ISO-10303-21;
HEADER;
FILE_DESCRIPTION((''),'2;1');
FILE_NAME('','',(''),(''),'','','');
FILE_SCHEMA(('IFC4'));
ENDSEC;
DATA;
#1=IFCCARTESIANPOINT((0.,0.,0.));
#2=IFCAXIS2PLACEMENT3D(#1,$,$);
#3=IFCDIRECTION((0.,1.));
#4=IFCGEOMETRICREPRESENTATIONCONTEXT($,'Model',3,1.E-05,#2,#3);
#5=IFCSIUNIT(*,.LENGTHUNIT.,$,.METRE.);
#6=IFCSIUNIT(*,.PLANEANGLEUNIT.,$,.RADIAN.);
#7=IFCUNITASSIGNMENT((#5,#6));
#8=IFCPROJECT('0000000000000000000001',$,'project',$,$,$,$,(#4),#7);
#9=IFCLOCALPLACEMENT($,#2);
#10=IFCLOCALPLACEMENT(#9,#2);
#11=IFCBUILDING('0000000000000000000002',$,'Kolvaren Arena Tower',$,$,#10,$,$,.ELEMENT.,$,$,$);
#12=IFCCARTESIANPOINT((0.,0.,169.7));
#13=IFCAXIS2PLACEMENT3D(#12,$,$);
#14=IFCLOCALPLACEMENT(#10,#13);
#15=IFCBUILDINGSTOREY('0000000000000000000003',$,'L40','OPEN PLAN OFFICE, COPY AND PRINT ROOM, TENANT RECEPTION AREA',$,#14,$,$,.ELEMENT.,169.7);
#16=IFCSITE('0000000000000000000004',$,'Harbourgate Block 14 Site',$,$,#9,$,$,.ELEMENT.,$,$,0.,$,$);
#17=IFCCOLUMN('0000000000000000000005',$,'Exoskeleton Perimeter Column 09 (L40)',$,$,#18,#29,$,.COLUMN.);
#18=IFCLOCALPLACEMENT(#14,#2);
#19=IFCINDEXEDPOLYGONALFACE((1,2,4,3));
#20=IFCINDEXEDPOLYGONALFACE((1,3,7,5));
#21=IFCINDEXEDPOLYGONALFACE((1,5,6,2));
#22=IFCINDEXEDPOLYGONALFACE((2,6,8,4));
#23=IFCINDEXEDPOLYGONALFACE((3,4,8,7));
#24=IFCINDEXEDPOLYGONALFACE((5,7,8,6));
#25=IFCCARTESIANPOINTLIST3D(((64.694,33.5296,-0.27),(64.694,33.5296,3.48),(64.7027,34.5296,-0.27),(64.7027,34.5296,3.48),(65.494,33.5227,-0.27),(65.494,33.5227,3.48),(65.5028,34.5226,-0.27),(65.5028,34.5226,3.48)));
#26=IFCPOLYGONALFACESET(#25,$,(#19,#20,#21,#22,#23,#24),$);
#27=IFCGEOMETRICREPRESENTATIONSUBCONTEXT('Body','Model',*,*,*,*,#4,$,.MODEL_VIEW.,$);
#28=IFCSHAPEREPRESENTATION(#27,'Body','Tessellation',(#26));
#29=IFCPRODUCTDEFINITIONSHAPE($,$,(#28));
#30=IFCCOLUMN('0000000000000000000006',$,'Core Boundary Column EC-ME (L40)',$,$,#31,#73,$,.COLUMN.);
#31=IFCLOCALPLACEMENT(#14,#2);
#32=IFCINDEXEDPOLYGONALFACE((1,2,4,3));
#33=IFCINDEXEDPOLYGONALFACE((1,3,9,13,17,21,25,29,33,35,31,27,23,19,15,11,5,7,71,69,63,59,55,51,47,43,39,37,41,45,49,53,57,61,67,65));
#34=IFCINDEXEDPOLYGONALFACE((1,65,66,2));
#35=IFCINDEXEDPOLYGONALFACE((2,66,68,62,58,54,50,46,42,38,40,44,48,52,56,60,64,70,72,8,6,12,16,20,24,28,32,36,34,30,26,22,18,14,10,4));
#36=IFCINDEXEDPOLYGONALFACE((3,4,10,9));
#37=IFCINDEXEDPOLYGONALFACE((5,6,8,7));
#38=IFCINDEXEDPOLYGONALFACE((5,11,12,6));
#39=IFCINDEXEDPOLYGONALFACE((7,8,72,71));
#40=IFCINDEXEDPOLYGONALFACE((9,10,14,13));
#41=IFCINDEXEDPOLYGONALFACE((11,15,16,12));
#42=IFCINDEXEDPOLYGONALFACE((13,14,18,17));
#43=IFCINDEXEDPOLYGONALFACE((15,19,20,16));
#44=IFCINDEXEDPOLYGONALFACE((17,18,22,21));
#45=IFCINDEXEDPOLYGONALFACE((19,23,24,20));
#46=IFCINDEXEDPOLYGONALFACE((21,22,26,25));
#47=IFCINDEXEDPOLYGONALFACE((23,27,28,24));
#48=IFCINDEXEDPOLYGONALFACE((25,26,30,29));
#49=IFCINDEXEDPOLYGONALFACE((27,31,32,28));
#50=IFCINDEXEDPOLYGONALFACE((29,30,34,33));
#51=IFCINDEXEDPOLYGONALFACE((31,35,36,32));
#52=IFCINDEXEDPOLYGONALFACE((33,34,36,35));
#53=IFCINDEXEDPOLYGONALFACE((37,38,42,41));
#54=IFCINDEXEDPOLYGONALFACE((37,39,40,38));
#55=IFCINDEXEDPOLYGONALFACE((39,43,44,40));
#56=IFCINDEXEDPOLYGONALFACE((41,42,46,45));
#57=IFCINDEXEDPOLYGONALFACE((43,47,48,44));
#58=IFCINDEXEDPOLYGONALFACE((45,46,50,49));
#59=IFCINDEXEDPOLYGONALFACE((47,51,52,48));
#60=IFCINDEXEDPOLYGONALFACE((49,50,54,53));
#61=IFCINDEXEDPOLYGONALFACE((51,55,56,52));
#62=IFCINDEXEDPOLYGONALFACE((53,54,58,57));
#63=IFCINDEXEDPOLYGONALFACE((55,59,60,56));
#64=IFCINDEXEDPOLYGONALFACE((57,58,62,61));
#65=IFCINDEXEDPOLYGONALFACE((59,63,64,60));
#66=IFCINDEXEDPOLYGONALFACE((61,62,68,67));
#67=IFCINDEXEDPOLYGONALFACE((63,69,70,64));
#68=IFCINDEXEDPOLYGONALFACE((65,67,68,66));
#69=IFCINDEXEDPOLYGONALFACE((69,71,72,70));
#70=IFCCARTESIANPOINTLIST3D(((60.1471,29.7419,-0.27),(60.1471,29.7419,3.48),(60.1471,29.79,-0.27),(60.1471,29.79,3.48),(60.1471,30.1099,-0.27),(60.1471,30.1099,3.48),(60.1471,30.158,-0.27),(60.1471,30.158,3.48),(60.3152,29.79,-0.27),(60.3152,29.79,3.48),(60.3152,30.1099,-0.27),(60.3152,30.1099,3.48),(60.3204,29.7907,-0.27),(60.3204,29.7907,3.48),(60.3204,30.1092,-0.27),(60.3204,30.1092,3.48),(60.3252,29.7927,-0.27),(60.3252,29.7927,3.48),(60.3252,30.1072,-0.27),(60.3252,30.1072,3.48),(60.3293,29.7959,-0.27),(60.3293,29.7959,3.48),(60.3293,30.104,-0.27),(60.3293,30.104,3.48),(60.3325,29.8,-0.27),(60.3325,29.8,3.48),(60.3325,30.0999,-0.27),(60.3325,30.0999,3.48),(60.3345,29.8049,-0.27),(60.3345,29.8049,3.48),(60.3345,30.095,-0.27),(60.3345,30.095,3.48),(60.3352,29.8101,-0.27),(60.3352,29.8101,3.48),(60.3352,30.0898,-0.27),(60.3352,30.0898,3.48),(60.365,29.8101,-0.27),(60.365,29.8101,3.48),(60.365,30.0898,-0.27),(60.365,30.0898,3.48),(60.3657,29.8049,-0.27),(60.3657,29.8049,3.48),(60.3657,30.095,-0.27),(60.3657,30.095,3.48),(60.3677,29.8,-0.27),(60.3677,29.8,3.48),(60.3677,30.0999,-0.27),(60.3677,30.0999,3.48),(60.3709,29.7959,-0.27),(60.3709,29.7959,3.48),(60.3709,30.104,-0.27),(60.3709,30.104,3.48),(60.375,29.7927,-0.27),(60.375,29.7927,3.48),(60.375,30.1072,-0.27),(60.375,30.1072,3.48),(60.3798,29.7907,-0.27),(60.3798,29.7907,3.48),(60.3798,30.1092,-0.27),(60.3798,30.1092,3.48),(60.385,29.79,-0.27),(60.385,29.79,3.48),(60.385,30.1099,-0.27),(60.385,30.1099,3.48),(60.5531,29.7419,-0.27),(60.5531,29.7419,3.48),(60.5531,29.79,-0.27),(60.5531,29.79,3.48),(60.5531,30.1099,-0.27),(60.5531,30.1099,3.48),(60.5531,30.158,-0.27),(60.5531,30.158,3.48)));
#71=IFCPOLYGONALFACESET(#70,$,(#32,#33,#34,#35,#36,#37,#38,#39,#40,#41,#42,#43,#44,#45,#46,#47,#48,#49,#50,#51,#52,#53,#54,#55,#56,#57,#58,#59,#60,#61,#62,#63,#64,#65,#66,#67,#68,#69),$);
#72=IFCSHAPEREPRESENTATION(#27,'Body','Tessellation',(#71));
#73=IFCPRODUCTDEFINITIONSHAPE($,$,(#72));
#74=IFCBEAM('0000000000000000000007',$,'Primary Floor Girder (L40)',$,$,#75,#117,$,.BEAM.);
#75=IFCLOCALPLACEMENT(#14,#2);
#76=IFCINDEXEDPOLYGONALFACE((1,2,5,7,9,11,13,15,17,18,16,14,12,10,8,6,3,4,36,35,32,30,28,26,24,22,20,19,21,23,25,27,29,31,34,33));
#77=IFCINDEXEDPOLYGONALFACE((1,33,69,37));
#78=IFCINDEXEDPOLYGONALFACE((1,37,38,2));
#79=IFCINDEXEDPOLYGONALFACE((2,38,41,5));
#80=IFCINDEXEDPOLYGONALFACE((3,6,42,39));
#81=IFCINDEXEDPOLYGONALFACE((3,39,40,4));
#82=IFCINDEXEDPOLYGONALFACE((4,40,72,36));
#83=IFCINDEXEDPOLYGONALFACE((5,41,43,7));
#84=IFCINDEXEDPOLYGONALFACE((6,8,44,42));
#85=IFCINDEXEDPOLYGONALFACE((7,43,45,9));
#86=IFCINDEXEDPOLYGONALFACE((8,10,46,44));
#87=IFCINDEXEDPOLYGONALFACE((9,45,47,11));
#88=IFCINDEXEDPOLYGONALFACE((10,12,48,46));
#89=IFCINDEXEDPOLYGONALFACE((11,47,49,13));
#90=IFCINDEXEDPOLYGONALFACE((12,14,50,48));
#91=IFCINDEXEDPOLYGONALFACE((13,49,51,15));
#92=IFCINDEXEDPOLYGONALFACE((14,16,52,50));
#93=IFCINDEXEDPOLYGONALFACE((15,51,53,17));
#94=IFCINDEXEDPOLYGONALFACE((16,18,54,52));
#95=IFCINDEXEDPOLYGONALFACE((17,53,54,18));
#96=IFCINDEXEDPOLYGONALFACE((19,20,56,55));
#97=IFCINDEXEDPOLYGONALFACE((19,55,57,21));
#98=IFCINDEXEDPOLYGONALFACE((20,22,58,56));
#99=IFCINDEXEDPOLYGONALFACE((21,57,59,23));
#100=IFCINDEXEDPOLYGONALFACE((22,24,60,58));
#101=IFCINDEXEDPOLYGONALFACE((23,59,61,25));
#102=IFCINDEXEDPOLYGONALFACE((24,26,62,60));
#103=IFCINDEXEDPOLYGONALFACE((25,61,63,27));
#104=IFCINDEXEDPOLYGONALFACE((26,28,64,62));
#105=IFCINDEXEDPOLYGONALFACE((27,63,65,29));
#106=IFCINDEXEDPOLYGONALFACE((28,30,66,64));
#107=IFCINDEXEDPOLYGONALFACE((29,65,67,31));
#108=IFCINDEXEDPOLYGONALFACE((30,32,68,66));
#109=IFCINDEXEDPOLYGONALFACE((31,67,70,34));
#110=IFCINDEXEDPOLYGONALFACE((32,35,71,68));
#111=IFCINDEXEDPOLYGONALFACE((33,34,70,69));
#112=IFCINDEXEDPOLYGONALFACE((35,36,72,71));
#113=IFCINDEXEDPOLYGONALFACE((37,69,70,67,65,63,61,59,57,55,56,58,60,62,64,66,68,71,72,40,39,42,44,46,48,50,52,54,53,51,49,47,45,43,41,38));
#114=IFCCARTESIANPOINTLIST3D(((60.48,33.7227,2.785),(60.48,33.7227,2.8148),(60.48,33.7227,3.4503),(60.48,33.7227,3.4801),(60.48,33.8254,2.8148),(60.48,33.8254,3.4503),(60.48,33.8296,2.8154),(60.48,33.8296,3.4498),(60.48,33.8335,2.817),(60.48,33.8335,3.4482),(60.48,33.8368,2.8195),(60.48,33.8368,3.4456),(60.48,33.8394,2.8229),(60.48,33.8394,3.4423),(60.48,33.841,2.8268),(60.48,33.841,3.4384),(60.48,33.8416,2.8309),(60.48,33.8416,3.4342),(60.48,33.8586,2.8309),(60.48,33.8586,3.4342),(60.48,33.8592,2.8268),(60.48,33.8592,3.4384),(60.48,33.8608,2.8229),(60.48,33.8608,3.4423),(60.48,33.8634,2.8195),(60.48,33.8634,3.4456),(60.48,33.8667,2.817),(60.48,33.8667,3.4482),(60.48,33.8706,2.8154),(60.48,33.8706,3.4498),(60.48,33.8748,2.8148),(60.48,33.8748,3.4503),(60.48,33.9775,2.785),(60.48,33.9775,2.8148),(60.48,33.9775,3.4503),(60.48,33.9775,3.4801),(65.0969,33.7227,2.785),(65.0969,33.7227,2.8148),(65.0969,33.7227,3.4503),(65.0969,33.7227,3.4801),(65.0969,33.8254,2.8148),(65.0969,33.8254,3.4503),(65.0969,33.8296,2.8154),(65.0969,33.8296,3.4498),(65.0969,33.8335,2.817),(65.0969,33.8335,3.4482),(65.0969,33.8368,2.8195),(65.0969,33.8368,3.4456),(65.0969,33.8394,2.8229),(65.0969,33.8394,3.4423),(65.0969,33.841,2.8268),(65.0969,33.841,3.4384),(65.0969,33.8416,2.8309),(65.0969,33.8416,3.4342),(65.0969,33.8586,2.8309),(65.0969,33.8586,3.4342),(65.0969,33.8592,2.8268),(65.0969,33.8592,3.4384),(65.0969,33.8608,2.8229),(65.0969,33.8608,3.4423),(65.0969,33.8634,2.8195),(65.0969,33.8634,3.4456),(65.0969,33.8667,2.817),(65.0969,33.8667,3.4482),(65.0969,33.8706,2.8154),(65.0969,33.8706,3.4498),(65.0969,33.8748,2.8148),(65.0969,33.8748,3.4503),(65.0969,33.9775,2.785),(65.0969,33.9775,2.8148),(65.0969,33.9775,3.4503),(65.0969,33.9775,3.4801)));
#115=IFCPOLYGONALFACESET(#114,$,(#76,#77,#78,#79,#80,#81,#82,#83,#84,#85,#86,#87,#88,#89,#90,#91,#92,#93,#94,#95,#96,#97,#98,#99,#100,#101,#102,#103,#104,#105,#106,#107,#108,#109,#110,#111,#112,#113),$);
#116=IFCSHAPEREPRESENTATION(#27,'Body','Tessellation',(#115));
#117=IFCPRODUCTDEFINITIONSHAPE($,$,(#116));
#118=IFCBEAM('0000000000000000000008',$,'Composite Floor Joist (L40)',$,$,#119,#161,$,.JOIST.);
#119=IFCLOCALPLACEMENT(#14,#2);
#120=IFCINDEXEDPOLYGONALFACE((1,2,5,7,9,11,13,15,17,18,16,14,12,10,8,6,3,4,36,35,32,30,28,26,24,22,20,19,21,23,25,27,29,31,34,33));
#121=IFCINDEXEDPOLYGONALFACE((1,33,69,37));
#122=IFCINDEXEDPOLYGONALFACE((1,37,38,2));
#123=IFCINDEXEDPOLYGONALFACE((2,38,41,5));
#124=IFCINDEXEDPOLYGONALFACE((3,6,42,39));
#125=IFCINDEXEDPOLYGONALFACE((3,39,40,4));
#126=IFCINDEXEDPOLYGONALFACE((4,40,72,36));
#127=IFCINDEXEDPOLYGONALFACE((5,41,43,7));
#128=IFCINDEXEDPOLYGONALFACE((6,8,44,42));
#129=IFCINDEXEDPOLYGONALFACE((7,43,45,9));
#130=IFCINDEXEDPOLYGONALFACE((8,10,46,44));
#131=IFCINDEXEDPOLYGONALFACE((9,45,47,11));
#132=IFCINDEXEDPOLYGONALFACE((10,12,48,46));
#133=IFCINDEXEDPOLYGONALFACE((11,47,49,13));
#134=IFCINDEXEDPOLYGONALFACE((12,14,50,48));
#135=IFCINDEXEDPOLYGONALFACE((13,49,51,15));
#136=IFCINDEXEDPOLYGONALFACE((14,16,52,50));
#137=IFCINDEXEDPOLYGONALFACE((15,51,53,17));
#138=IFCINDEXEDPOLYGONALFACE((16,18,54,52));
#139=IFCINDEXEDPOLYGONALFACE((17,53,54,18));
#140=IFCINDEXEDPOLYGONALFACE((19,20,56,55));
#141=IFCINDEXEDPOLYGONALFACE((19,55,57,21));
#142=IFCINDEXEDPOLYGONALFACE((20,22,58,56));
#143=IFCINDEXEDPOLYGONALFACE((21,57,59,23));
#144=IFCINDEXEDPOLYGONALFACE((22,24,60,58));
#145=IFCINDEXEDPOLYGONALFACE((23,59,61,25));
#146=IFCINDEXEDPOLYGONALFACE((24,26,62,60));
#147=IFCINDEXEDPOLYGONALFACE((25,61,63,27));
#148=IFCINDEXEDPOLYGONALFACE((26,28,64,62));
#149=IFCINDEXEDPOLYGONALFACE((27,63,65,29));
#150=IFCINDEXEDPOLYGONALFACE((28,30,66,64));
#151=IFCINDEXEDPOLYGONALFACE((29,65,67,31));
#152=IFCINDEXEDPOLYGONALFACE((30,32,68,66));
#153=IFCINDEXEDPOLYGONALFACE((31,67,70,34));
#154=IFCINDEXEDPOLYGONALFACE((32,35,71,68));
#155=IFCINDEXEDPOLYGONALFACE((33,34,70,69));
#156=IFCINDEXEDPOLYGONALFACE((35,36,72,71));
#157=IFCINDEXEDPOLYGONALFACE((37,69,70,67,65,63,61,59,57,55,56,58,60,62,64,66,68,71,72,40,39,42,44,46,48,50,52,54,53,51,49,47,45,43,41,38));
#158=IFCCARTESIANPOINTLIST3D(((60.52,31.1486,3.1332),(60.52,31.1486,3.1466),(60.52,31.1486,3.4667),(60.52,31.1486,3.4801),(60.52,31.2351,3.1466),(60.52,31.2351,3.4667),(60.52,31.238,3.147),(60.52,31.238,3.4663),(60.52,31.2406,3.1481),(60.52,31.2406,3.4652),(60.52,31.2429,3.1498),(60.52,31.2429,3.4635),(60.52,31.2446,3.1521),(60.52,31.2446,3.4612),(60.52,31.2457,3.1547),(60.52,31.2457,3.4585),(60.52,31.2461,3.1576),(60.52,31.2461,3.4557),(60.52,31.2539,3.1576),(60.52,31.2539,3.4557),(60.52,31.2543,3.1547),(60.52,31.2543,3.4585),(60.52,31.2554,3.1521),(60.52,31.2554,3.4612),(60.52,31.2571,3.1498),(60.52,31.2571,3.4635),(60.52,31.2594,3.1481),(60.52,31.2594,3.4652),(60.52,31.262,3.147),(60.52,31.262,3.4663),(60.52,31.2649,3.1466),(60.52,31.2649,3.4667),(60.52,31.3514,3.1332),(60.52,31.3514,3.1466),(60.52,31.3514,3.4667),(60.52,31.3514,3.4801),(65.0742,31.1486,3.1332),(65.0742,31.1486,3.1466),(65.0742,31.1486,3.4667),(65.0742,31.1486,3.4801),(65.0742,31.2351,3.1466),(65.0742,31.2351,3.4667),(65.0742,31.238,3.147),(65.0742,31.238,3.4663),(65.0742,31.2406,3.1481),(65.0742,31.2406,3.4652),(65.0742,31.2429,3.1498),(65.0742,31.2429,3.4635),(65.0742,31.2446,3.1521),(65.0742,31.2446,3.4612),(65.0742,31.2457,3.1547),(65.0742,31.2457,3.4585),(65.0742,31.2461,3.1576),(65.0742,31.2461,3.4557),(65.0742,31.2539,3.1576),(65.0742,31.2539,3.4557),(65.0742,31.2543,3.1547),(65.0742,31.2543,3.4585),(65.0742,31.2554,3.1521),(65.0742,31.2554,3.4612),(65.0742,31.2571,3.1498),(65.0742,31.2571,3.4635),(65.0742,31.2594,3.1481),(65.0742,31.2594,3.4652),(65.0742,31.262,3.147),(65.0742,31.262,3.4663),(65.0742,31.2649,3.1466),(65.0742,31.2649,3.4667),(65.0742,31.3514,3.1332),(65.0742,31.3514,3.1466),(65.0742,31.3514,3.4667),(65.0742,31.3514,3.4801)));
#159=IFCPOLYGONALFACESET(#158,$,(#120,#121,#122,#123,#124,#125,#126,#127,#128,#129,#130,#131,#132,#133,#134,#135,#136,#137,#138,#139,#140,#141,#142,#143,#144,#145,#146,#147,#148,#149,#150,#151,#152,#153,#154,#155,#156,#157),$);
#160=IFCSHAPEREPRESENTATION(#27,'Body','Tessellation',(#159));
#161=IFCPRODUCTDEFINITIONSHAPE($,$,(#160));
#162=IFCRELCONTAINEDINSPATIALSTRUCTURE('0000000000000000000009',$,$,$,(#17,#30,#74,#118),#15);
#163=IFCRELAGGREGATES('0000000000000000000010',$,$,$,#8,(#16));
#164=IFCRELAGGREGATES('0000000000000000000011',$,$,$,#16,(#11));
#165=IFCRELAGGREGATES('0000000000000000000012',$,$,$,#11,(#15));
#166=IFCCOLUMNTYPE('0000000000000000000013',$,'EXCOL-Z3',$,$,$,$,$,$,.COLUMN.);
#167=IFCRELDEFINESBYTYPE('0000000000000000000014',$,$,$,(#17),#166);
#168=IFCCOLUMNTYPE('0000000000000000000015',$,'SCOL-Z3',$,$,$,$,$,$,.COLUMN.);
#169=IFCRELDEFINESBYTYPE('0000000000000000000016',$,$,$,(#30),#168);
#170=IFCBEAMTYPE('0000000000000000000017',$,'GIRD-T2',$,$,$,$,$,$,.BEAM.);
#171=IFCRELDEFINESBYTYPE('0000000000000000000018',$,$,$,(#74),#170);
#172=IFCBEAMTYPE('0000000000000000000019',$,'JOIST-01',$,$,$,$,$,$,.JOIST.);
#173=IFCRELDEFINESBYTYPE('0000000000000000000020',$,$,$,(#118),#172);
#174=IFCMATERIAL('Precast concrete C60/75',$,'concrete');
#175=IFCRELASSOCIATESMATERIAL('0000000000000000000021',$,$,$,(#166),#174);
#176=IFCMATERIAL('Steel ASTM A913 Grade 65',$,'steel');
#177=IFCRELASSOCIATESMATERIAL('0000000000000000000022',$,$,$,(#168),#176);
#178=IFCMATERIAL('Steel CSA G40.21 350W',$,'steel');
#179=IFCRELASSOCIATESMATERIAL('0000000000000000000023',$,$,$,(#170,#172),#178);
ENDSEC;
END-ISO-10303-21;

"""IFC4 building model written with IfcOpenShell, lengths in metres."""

from ifc_helpers import new_model, si_unit, direction, frame, origin, origin_2d, place, context, subcontext, project, spatial, rectangle, i_section, extrude, material, material_profile, profile_set, type_object, element, save


model = new_model("IFC4")

# Units and contexts
model_context = context("Model", 3, precision=1e-05, world=origin(), true_north=direction((0.0, 1.0)))
body_context = subcontext(model_context, "Body", "Model", "MODEL_VIEW")
ifc_project = project(units=[si_unit("LENGTHUNIT", "METRE"), si_unit("PLANEANGLEUNIT", "RADIAN")], contexts=[model_context])

# Site, building, storey
site_placement = place(None, origin())
site = spatial("IfcSite", under=ifc_project, at=site_placement, Name="Harbourgate Block 14 Site", CompositionType="ELEMENT", RefElevation=0.0)
building_placement = place(site_placement, origin())
building = spatial("IfcBuilding", under=site, at=building_placement, Name="Kolvaren Arena Tower", CompositionType="ELEMENT")
storey_placement = place(building_placement, frame((0.0, 0.0, 169.7)))
storey = spatial("IfcBuildingStorey", under=building, at=storey_placement, Name="L40", Description="OPEN PLAN OFFICE, COPY AND PRINT ROOM, TENANT RECEPTION AREA", CompositionType="ELEMENT", Elevation=169.7)

# Columns
ifc_material_1 = material(Name="Precast concrete C60/75", Category="concrete")
ifc_material_profile_1 = material_profile(ifc_material_1, rectangle(XDim=1.0, YDim=0.8, at=origin_2d()), Name="RC-1000x800")
ifc_profile_set_1 = profile_set([ifc_material_profile_1], Name="Precast concrete C60/75")
column_type_1 = type_object("IfcColumnType", Name="EXCOL-Z3", PredefinedType="COLUMN", material=ifc_profile_set_1)
column_1_placement = place(storey_placement, frame((65.0984, 34.0261, -0.27), z_axis=(0.0, 0.0, 1.0), x_axis=(0.008727, 0.999962, 0.0)))
element("IfcColumn", 1, at=column_1_placement, inside=storey, type_object=column_type_1, Name="Exoskeleton Perimeter Column 09 (L40)", PredefinedType="COLUMN", context=body_context, shape_type="SweptSolid", body=[
    extrude(rectangle(XDim=1.0, YDim=0.8, at=origin_2d()), origin(), (0.0, 0.0, 1.0), 3.75),
])
ifc_material_2 = material(Name="Steel ASTM A913 Grade 65", Category="steel")
ifc_material_profile_2 = material_profile(ifc_material_2, i_section(OverallWidth=0.406, OverallDepth=0.416, WebThickness=0.0298, FlangeThickness=0.0481, FilletRadius=0.02, at=origin_2d()), Name="W360x382")
ifc_profile_set_2 = profile_set([ifc_material_profile_2], Name="Steel ASTM A913 Grade 65")
column_type_2 = type_object("IfcColumnType", Name="SCOL-Z3", PredefinedType="COLUMN", material=ifc_profile_set_2)
column_2_placement = place(storey_placement, frame((60.3501, 29.95, -0.27), z_axis=(0.0, 0.0, 1.0), x_axis=(1.0, 0.0, 0.0)))
element("IfcColumn", 2, at=column_2_placement, inside=storey, type_object=column_type_2, Name="Core Boundary Column EC-ME (L40)", PredefinedType="COLUMN", context=body_context, shape_type="SweptSolid", body=[
    extrude(i_section(OverallWidth=0.406, OverallDepth=0.416, WebThickness=0.0298, FlangeThickness=0.0481, FilletRadius=0.02, at=origin_2d()), origin(), (0.0, 0.0, 1.0), 3.75),
])

# Beams
ifc_material_3 = material(Name="Steel CSA G40.21 350W", Category="steel")
ifc_material_profile_3 = material_profile(ifc_material_3, i_section(OverallWidth=0.2549, OverallDepth=0.6951, WebThickness=0.0171, FlangeThickness=0.0298, FilletRadius=0.0161, at=origin_2d()), Name="W690x217")
ifc_profile_set_3 = profile_set([ifc_material_profile_3], Name="Steel CSA G40.21 350W")
beam_type_1 = type_object("IfcBeamType", Name="GIRD-T2", PredefinedType="BEAM", material=ifc_profile_set_3)
beam_1_placement = place(storey_placement, frame((60.48, 33.8501, 3.1326), z_axis=(1.0, 0.0, 0.0), x_axis=(0.0, 1.0, 0.0)))
element("IfcBeam", 3, at=beam_1_placement, inside=storey, type_object=beam_type_1, Name="Primary Floor Girder (L40)", PredefinedType="BEAM", context=body_context, shape_type="SweptSolid", body=[
    extrude(i_section(OverallWidth=0.2549, OverallDepth=0.6951, WebThickness=0.0171, FlangeThickness=0.0298, FilletRadius=0.0161, at=origin_2d()), origin(), (0.0, 0.0, 1.0), 4.6169),
])
ifc_material_profile_4 = material_profile(ifc_material_3, i_section(OverallWidth=0.2029, OverallDepth=0.3469, WebThickness=0.0078, FlangeThickness=0.0134, FilletRadius=0.011, at=origin_2d()), Name="W360x64")
ifc_profile_set_4 = profile_set([ifc_material_profile_4], Name="Steel CSA G40.21 350W")
beam_type_2 = type_object("IfcBeamType", Name="JOIST-01", PredefinedType="JOIST", material=ifc_profile_set_4)
beam_2_placement = place(storey_placement, frame((60.52, 31.25, 3.3066), z_axis=(1.0, 0.0, 0.0), x_axis=(0.0, 1.0, 0.0)))
element("IfcBeam", 4, at=beam_2_placement, inside=storey, type_object=beam_type_2, Name="Composite Floor Joist (L40)", PredefinedType="JOIST", context=body_context, shape_type="SweptSolid", body=[
    extrude(i_section(OverallWidth=0.2029, OverallDepth=0.3469, WebThickness=0.0078, FlangeThickness=0.0134, FilletRadius=0.011, at=origin_2d()), origin(), (0.0, 0.0, 1.0), 4.5542),
])

save(model, "model.ifc")
